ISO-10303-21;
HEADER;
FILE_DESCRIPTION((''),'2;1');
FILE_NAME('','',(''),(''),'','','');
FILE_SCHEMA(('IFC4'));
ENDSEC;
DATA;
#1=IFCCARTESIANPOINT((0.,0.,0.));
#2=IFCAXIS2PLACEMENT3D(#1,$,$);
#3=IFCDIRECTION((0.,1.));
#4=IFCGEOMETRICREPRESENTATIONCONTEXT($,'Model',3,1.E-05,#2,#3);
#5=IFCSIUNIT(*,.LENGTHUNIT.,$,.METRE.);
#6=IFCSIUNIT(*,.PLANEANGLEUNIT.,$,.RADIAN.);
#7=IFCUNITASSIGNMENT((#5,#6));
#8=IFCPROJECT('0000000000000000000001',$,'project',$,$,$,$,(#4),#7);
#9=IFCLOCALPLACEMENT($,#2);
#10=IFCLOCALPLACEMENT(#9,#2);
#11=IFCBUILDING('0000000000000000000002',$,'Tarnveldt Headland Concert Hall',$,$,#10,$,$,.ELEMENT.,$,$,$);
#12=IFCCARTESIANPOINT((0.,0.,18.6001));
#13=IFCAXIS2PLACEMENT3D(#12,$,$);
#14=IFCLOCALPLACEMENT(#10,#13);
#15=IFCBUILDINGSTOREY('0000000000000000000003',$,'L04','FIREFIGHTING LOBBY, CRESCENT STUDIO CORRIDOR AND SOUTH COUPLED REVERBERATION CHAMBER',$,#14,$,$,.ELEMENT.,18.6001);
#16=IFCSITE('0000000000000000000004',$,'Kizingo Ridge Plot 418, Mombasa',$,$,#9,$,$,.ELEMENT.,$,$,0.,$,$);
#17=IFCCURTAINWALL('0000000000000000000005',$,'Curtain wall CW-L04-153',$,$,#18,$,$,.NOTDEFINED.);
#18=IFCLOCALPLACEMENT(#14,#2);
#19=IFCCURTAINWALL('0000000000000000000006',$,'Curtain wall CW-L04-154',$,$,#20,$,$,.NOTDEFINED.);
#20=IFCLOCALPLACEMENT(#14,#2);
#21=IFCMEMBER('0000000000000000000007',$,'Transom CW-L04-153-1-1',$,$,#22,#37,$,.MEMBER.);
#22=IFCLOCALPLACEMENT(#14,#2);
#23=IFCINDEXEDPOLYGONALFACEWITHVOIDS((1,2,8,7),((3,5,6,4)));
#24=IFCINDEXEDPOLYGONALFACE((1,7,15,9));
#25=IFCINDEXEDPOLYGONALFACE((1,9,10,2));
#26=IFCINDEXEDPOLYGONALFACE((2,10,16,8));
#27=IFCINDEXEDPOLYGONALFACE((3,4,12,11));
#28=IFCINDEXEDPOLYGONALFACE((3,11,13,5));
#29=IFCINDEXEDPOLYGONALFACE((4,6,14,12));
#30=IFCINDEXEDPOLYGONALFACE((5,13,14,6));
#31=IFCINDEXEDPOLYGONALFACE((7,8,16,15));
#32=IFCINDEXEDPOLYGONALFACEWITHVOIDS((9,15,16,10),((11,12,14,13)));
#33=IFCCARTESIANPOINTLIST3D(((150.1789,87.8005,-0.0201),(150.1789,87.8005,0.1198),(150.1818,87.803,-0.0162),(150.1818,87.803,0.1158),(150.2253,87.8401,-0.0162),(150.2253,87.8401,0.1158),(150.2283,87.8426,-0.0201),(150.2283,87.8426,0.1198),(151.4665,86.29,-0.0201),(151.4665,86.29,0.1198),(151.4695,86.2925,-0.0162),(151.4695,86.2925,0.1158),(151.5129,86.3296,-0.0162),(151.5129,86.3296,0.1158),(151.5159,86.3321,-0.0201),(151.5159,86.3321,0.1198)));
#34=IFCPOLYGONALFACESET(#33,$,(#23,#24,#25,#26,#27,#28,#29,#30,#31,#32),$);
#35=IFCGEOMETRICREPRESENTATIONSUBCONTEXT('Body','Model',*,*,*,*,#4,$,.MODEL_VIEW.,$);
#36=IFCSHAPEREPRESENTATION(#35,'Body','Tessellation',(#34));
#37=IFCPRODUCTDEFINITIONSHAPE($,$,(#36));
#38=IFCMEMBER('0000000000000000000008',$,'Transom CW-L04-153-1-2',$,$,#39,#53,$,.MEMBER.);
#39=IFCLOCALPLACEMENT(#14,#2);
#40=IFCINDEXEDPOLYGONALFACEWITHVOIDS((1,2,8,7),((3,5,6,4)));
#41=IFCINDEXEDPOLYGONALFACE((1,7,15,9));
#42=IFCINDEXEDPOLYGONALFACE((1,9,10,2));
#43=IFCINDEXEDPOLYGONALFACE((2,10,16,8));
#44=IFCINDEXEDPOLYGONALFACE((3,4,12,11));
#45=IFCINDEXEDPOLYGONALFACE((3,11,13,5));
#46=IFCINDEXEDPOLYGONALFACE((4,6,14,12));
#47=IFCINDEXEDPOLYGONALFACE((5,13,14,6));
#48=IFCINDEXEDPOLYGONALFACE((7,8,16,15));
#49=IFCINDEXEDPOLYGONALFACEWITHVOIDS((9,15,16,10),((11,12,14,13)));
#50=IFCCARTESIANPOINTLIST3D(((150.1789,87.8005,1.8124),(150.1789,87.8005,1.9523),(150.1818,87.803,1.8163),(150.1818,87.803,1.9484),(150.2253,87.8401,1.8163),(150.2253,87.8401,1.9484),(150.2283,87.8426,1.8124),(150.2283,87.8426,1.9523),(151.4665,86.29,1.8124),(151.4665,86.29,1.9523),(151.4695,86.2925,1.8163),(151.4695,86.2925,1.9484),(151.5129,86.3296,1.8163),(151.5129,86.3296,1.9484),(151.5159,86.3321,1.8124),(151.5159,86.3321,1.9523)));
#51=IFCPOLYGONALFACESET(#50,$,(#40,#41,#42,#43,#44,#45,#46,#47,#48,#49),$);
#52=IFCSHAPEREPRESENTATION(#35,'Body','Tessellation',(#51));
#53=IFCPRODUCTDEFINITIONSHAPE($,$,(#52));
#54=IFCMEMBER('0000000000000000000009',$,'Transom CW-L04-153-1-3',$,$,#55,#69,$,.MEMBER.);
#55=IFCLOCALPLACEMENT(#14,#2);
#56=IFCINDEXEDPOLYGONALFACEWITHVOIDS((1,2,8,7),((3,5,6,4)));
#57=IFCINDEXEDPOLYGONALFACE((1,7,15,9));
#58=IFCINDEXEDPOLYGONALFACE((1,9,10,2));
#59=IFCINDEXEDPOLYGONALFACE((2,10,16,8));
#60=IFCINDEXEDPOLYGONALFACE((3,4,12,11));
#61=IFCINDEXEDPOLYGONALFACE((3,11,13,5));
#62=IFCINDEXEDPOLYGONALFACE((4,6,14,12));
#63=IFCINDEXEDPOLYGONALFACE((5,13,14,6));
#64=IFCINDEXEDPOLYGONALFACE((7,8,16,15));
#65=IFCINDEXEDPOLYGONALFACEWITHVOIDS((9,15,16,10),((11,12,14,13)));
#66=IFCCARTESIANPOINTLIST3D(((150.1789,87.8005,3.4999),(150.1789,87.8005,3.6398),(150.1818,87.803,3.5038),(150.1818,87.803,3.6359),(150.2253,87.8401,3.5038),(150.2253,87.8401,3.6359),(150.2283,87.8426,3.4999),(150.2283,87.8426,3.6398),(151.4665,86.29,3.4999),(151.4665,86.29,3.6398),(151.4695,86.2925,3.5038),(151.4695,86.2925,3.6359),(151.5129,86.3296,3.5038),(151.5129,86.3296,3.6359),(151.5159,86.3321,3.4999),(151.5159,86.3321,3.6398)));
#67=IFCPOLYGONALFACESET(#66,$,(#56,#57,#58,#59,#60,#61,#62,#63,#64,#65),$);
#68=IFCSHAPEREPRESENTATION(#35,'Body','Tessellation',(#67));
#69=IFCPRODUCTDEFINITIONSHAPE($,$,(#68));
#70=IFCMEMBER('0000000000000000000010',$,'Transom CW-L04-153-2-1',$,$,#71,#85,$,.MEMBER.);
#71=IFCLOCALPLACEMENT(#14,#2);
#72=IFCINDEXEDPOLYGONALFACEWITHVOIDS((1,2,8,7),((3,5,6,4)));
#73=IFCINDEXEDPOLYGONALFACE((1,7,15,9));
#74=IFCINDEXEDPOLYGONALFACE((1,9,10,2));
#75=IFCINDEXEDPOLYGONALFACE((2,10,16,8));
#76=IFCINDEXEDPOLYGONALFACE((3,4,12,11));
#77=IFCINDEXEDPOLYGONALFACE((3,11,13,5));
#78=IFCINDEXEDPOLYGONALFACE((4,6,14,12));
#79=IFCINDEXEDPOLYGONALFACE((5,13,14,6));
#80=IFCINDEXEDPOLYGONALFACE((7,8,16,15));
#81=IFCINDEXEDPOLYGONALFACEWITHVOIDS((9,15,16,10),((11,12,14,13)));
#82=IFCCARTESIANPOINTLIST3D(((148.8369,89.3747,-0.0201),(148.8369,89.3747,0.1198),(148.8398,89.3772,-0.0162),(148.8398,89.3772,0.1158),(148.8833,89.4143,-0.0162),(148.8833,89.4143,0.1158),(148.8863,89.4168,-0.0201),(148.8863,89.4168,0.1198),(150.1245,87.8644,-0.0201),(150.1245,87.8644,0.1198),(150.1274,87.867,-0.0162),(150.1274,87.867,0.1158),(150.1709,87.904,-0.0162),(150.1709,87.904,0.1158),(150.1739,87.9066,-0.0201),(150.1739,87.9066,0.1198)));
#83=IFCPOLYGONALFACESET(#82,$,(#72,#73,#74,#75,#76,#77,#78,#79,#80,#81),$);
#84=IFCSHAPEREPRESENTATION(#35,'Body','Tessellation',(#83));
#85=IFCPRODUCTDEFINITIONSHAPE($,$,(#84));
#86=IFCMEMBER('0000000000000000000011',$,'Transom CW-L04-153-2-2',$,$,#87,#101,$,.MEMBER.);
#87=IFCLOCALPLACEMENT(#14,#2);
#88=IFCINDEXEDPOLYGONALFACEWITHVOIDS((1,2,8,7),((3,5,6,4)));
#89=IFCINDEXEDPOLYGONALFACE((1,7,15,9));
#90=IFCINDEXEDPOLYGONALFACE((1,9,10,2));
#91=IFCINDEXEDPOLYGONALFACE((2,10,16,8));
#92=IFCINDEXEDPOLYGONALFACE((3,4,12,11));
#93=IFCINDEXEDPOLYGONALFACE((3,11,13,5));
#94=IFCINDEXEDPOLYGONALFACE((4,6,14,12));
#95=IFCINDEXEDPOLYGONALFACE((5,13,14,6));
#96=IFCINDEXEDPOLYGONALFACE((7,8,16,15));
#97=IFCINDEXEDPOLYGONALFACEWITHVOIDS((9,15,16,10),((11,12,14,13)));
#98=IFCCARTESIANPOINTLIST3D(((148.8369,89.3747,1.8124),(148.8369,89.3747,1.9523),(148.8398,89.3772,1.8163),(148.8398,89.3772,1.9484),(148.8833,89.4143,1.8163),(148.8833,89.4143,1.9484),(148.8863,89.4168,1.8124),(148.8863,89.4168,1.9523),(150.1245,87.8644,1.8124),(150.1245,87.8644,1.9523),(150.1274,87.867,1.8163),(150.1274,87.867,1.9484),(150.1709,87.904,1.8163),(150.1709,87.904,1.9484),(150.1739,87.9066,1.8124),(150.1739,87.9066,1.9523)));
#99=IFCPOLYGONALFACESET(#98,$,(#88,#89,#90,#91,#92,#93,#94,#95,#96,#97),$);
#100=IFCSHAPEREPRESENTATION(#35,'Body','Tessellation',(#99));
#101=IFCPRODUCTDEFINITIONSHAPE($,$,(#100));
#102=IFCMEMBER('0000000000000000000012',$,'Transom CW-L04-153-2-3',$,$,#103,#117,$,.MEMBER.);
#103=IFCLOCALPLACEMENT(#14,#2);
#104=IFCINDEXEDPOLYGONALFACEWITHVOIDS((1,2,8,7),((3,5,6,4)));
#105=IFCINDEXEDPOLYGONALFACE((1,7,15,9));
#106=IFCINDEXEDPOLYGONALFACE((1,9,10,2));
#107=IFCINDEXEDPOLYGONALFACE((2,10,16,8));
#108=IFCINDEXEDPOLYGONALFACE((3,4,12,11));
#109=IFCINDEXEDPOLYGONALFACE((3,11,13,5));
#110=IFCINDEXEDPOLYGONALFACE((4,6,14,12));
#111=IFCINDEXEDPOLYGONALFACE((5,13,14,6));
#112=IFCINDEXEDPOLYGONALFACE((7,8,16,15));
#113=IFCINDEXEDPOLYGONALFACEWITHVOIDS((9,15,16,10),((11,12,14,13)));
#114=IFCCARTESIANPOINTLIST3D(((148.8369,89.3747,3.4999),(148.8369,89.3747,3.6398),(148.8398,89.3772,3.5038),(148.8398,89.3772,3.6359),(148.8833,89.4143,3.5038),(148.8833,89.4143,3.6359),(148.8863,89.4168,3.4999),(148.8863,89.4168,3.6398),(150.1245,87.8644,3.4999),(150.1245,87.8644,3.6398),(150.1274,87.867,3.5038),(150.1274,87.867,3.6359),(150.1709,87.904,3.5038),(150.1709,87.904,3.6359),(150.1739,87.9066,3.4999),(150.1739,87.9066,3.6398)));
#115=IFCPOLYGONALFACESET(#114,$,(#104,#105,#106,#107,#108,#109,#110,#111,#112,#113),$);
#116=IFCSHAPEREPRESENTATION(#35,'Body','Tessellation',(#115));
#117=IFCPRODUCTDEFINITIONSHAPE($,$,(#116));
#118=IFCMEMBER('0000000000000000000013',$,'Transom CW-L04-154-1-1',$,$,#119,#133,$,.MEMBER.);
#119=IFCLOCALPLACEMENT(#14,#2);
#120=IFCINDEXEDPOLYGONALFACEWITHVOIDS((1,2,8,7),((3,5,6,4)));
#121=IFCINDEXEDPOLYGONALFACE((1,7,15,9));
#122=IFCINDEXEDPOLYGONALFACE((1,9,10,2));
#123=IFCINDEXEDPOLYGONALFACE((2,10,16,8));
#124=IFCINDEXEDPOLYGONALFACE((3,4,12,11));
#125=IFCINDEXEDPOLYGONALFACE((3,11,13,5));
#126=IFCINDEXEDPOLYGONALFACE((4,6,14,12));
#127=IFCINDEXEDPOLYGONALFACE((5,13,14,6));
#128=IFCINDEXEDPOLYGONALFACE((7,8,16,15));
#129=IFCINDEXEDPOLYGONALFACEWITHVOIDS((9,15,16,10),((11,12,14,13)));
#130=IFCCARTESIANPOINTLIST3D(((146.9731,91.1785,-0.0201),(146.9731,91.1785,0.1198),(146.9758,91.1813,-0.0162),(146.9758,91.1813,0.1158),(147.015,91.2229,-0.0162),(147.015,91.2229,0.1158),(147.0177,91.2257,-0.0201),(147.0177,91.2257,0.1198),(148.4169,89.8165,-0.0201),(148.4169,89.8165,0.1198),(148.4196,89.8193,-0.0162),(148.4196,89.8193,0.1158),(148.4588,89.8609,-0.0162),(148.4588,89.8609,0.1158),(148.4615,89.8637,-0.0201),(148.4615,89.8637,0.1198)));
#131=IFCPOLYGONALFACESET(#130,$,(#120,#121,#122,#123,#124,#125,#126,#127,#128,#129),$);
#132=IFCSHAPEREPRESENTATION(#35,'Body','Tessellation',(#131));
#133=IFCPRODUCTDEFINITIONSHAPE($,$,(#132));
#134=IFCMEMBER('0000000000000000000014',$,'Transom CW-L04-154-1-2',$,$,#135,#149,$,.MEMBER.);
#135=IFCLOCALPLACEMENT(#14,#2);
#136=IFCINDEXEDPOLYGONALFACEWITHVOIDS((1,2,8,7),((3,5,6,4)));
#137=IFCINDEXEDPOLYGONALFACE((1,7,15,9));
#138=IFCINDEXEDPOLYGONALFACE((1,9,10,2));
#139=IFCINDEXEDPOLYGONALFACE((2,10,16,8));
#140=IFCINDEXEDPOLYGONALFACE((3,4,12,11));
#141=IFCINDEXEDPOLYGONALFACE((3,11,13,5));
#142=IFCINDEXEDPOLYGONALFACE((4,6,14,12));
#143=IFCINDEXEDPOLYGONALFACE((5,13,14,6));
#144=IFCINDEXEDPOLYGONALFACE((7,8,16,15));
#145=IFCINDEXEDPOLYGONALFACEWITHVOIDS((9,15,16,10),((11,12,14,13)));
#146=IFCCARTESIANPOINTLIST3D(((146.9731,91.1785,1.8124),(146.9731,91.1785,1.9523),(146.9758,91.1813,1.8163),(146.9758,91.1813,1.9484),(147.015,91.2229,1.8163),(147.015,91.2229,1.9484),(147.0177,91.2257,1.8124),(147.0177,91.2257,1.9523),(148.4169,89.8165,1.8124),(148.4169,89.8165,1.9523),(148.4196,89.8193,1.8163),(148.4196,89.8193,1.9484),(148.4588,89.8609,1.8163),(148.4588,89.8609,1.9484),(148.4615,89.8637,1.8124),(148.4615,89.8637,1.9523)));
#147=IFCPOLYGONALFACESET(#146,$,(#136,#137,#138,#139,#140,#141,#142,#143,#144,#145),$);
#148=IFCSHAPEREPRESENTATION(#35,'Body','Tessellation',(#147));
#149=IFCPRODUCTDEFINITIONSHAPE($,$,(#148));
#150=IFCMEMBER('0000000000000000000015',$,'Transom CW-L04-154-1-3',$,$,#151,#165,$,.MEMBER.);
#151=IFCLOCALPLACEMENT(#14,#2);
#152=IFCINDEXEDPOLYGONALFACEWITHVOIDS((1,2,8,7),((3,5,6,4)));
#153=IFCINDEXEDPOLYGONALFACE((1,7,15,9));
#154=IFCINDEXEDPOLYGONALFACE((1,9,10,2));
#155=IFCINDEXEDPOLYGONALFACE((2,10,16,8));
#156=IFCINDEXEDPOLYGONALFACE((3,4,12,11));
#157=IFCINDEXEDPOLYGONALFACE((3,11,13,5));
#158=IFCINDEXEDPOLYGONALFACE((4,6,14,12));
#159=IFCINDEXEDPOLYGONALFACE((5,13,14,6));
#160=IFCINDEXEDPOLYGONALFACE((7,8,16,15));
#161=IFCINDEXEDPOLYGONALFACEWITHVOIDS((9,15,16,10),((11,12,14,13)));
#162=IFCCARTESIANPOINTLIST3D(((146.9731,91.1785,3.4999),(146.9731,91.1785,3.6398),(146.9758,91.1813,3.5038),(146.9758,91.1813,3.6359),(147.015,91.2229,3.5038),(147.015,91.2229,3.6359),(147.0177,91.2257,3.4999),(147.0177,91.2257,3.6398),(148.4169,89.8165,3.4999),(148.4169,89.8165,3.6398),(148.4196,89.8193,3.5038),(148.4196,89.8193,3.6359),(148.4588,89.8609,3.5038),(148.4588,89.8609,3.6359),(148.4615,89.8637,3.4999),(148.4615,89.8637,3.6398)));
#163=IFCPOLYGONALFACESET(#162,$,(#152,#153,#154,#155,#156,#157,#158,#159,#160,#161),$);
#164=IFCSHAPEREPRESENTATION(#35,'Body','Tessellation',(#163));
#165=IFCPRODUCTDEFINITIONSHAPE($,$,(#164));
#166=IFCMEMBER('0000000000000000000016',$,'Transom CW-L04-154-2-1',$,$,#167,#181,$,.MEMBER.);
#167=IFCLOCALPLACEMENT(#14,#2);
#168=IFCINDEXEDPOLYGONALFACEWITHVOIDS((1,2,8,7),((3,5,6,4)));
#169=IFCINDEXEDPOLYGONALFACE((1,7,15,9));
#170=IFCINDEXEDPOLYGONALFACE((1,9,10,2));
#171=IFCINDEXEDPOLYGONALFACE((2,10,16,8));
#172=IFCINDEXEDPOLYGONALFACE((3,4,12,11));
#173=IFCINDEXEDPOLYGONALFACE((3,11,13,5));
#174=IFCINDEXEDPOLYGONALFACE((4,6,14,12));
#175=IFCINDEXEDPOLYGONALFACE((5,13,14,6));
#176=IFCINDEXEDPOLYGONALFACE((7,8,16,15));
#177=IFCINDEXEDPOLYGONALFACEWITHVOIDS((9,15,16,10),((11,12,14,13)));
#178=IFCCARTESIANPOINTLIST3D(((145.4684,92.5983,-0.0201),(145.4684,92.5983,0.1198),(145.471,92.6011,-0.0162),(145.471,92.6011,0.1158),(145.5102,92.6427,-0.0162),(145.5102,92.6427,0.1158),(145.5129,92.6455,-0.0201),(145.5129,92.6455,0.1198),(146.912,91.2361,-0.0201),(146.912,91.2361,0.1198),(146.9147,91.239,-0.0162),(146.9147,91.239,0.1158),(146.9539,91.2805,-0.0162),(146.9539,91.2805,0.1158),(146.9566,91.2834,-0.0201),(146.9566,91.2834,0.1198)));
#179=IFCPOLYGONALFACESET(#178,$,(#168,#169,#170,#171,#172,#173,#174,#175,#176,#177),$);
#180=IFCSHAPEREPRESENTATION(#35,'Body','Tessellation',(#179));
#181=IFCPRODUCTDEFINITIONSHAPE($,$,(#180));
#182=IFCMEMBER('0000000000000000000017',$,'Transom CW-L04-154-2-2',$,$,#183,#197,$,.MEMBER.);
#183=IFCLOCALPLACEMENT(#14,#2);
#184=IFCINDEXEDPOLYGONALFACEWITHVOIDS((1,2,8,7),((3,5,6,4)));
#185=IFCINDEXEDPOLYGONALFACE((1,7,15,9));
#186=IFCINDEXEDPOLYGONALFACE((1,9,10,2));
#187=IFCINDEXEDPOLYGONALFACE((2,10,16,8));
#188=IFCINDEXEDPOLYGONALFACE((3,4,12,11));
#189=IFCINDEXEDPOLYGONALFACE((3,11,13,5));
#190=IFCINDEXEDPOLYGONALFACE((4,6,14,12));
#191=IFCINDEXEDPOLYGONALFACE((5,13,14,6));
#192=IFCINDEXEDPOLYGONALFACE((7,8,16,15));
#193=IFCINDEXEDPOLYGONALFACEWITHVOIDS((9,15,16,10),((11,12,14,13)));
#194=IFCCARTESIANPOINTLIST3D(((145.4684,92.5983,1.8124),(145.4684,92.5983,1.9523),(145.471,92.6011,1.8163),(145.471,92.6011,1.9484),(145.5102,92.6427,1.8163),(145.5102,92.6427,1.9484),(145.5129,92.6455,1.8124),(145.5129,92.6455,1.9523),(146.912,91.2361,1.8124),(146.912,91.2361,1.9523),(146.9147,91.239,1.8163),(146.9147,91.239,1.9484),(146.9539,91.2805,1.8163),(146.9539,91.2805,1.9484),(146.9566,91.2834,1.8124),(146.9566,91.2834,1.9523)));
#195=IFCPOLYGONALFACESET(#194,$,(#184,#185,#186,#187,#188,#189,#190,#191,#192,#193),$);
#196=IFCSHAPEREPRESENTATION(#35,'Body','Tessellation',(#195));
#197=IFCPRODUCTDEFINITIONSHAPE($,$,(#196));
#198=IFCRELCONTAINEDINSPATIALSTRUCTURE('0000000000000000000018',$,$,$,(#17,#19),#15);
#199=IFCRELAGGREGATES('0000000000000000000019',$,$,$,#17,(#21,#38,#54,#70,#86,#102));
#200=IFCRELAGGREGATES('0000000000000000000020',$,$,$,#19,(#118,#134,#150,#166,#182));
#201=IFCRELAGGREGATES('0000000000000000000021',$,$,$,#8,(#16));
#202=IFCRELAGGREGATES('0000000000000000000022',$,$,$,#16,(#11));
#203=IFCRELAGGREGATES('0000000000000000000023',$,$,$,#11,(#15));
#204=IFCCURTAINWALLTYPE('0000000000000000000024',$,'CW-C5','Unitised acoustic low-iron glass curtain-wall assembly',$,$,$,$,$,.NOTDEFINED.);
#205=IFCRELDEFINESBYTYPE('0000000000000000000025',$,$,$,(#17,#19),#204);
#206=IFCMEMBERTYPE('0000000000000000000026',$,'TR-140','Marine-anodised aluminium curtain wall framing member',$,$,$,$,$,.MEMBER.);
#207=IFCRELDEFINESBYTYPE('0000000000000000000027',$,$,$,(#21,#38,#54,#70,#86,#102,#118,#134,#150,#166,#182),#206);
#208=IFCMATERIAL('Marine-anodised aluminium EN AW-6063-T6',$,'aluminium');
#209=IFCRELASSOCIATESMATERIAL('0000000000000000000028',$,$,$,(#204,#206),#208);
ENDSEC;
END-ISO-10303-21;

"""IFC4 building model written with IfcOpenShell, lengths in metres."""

from ifc_helpers import new_model, si_unit, direction, frame, origin, origin_2d, place, context, subcontext, project, spatial, hollow_rectangle, extrude, material, material_profile, profile_set, type_object, element, aggregate, save


model = new_model("IFC4")

# Units and contexts
model_context = context("Model", 3, precision=1e-05, world=origin(), true_north=direction((0.0, 1.0)))
body_context = subcontext(model_context, "Body", "Model", "MODEL_VIEW")
ifc_project = project(units=[si_unit("LENGTHUNIT", "METRE"), si_unit("PLANEANGLEUNIT", "RADIAN")], contexts=[model_context])

# Site, building, storey
site_placement = place(None, origin())
site = spatial("IfcSite", under=ifc_project, at=site_placement, Name="Kizingo Ridge Plot 418, Mombasa", CompositionType="ELEMENT", RefElevation=0.0)
building_placement = place(site_placement, origin())
building = spatial("IfcBuilding", under=site, at=building_placement, Name="Tarnveldt Headland Concert Hall", CompositionType="ELEMENT")
storey_placement = place(building_placement, frame((0.0, 0.0, 18.6001)))
storey = spatial("IfcBuildingStorey", under=building, at=storey_placement, Name="L04", Description="FIREFIGHTING LOBBY, CRESCENT STUDIO CORRIDOR AND SOUTH COUPLED REVERBERATION CHAMBER", CompositionType="ELEMENT", Elevation=18.6001)

# Shared definitions
ifc_material_1 = material(Name="Marine-anodised aluminium EN AW-6063-T6", Category="aluminium")
curtain_wall_type = type_object("IfcCurtainWallType", Name="CW-C5", Description="Unitised acoustic low-iron glass curtain-wall assembly", PredefinedType="NOTDEFINED", material=ifc_material_1)

# Curtain walls
curtain_wall_1_placement = place(storey_placement, origin())
curtain_wall_1 = element("IfcCurtainWall", 1, at=curtain_wall_1_placement, inside=storey, type_object=curtain_wall_type, Name="Curtain wall CW-L04-153", PredefinedType="NOTDEFINED")
curtain_wall_2_placement = place(storey_placement, origin())
curtain_wall_2 = element("IfcCurtainWall", 2, at=curtain_wall_2_placement, inside=storey, type_object=curtain_wall_type, Name="Curtain wall CW-L04-154", PredefinedType="NOTDEFINED")

# Members
ifc_material_profile_1 = material_profile(ifc_material_1, hollow_rectangle(XDim=0.0649, YDim=0.1399, WallThickness=0.0039, at=origin_2d()), Name="ALU TRANSOM 65x140x4", Category="aluminium")
ifc_profile_set_1 = profile_set([ifc_material_profile_1], Name="Marine-anodised aluminium EN AW-6063-T6")
member_type_1 = type_object("IfcMemberType", Name="TR-140", Description="Marine-anodised aluminium curtain wall framing member", PredefinedType="MEMBER", material=ifc_profile_set_1)
member_1_placement = place(storey_placement, frame((151.4912, 86.311, 0.0498), z_axis=(-0.648722, 0.761025, 0.0), x_axis=(-0.761025, -0.648722, 0.0)))
member_1 = element("IfcMember", 3, at=member_1_placement, type_object=member_type_1, Name="Transom CW-L04-153-1-1", PredefinedType="MEMBER", context=body_context, shape_type="SweptSolid", body=[
    extrude(hollow_rectangle(XDim=0.0649, YDim=0.1399, WallThickness=0.0039, at=origin_2d()), origin(), (0.0, 0.0, 1.0), 1.9849),
])
member_2_placement = place(storey_placement, frame((151.4912, 86.311, 1.8823), z_axis=(-0.648722, 0.761025, 0.0), x_axis=(-0.761025, -0.648722, 0.0)))
member_2 = element("IfcMember", 4, at=member_2_placement, type_object=member_type_1, Name="Transom CW-L04-153-1-2", PredefinedType="MEMBER", context=body_context, shape_type="SweptSolid", body=[
    extrude(hollow_rectangle(XDim=0.0649, YDim=0.1399, WallThickness=0.0039, at=origin_2d()), origin(), (0.0, 0.0, 1.0), 1.9849),
])
member_3_placement = place(storey_placement, frame((151.4912, 86.311, 3.5698), z_axis=(-0.648722, 0.761025, 0.0), x_axis=(-0.761025, -0.648722, 0.0)))
member_3 = element("IfcMember", 5, at=member_3_placement, type_object=member_type_1, Name="Transom CW-L04-153-1-3", PredefinedType="MEMBER", context=body_context, shape_type="SweptSolid", body=[
    extrude(hollow_rectangle(XDim=0.0649, YDim=0.1399, WallThickness=0.0039, at=origin_2d()), origin(), (0.0, 0.0, 1.0), 1.9849),
])
member_4_placement = place(storey_placement, frame((150.1492, 87.8855, 0.0498), z_axis=(-0.648783, 0.760973, 0.0), x_axis=(-0.760973, -0.648783, 0.0)))
member_4 = element("IfcMember", 6, at=member_4_placement, type_object=member_type_1, Name="Transom CW-L04-153-2-1", PredefinedType="MEMBER", context=body_context, shape_type="SweptSolid", body=[
    extrude(hollow_rectangle(XDim=0.0649, YDim=0.1399, WallThickness=0.0039, at=origin_2d()), origin(), (0.0, 0.0, 1.0), 1.9846),
])
member_5_placement = place(storey_placement, frame((150.1492, 87.8855, 1.8823), z_axis=(-0.648783, 0.760973, 0.0), x_axis=(-0.760973, -0.648783, 0.0)))
member_5 = element("IfcMember", 7, at=member_5_placement, type_object=member_type_1, Name="Transom CW-L04-153-2-2", PredefinedType="MEMBER", context=body_context, shape_type="SweptSolid", body=[
    extrude(hollow_rectangle(XDim=0.0649, YDim=0.1399, WallThickness=0.0039, at=origin_2d()), origin(), (0.0, 0.0, 1.0), 1.9846),
])
member_6_placement = place(storey_placement, frame((150.1492, 87.8855, 3.5698), z_axis=(-0.648783, 0.760973, 0.0), x_axis=(-0.760973, -0.648783, 0.0)))
member_6 = element("IfcMember", 8, at=member_6_placement, type_object=member_type_1, Name="Transom CW-L04-153-2-3", PredefinedType="MEMBER", context=body_context, shape_type="SweptSolid", body=[
    extrude(hollow_rectangle(XDim=0.0649, YDim=0.1399, WallThickness=0.0039, at=origin_2d()), origin(), (0.0, 0.0, 1.0), 1.9846),
])
member_7_placement = place(storey_placement, frame((148.4392, 89.8401, 0.0498), z_axis=(-0.727409, 0.686204, 0.0), x_axis=(-0.686204, -0.727409, 0.0)))
member_7 = element("IfcMember", 9, at=member_7_placement, type_object=member_type_1, Name="Transom CW-L04-154-1-1", PredefinedType="MEMBER", context=body_context, shape_type="SweptSolid", body=[
    extrude(hollow_rectangle(XDim=0.0649, YDim=0.1399, WallThickness=0.0039, at=origin_2d()), origin(), (0.0, 0.0, 1.0), 1.9849),
])
member_8_placement = place(storey_placement, frame((148.4392, 89.8401, 1.8823), z_axis=(-0.727409, 0.686204, 0.0), x_axis=(-0.686204, -0.727409, 0.0)))
member_8 = element("IfcMember", 10, at=member_8_placement, type_object=member_type_1, Name="Transom CW-L04-154-1-2", PredefinedType="MEMBER", context=body_context, shape_type="SweptSolid", body=[
    extrude(hollow_rectangle(XDim=0.0649, YDim=0.1399, WallThickness=0.0039, at=origin_2d()), origin(), (0.0, 0.0, 1.0), 1.9849),
])
member_9_placement = place(storey_placement, frame((148.4392, 89.8401, 3.5698), z_axis=(-0.727409, 0.686204, 0.0), x_axis=(-0.686204, -0.727409, 0.0)))
member_9 = element("IfcMember", 11, at=member_9_placement, type_object=member_type_1, Name="Transom CW-L04-154-1-3", PredefinedType="MEMBER", context=body_context, shape_type="SweptSolid", body=[
    extrude(hollow_rectangle(XDim=0.0649, YDim=0.1399, WallThickness=0.0039, at=origin_2d()), origin(), (0.0, 0.0, 1.0), 1.9849),
])
member_10_placement = place(storey_placement, frame((146.9343, 91.2598, 0.0498), z_axis=(-0.727351, 0.686266, 0.0), x_axis=(-0.686266, -0.727351, 0.0)))
member_10 = element("IfcMember", 12, at=member_10_placement, type_object=member_type_1, Name="Transom CW-L04-154-2-1", PredefinedType="MEMBER", context=body_context, shape_type="SweptSolid", body=[
    extrude(hollow_rectangle(XDim=0.0649, YDim=0.1399, WallThickness=0.0039, at=origin_2d()), origin(), (0.0, 0.0, 1.0), 1.9849),
])
member_11_placement = place(storey_placement, frame((146.9343, 91.2598, 1.8823), z_axis=(-0.727351, 0.686266, 0.0), x_axis=(-0.686266, -0.727351, 0.0)))
member_11 = element("IfcMember", 13, at=member_11_placement, type_object=member_type_1, Name="Transom CW-L04-154-2-2", PredefinedType="MEMBER", context=body_context, shape_type="SweptSolid", body=[
    extrude(hollow_rectangle(XDim=0.0649, YDim=0.1399, WallThickness=0.0039, at=origin_2d()), origin(), (0.0, 0.0, 1.0), 1.9849),
])

aggregate(curtain_wall_1, [member_1, member_2, member_3, member_4, member_5, member_6])
aggregate(curtain_wall_2, [member_7, member_8, member_9, member_10, member_11])

save(model, "model.ifc")
